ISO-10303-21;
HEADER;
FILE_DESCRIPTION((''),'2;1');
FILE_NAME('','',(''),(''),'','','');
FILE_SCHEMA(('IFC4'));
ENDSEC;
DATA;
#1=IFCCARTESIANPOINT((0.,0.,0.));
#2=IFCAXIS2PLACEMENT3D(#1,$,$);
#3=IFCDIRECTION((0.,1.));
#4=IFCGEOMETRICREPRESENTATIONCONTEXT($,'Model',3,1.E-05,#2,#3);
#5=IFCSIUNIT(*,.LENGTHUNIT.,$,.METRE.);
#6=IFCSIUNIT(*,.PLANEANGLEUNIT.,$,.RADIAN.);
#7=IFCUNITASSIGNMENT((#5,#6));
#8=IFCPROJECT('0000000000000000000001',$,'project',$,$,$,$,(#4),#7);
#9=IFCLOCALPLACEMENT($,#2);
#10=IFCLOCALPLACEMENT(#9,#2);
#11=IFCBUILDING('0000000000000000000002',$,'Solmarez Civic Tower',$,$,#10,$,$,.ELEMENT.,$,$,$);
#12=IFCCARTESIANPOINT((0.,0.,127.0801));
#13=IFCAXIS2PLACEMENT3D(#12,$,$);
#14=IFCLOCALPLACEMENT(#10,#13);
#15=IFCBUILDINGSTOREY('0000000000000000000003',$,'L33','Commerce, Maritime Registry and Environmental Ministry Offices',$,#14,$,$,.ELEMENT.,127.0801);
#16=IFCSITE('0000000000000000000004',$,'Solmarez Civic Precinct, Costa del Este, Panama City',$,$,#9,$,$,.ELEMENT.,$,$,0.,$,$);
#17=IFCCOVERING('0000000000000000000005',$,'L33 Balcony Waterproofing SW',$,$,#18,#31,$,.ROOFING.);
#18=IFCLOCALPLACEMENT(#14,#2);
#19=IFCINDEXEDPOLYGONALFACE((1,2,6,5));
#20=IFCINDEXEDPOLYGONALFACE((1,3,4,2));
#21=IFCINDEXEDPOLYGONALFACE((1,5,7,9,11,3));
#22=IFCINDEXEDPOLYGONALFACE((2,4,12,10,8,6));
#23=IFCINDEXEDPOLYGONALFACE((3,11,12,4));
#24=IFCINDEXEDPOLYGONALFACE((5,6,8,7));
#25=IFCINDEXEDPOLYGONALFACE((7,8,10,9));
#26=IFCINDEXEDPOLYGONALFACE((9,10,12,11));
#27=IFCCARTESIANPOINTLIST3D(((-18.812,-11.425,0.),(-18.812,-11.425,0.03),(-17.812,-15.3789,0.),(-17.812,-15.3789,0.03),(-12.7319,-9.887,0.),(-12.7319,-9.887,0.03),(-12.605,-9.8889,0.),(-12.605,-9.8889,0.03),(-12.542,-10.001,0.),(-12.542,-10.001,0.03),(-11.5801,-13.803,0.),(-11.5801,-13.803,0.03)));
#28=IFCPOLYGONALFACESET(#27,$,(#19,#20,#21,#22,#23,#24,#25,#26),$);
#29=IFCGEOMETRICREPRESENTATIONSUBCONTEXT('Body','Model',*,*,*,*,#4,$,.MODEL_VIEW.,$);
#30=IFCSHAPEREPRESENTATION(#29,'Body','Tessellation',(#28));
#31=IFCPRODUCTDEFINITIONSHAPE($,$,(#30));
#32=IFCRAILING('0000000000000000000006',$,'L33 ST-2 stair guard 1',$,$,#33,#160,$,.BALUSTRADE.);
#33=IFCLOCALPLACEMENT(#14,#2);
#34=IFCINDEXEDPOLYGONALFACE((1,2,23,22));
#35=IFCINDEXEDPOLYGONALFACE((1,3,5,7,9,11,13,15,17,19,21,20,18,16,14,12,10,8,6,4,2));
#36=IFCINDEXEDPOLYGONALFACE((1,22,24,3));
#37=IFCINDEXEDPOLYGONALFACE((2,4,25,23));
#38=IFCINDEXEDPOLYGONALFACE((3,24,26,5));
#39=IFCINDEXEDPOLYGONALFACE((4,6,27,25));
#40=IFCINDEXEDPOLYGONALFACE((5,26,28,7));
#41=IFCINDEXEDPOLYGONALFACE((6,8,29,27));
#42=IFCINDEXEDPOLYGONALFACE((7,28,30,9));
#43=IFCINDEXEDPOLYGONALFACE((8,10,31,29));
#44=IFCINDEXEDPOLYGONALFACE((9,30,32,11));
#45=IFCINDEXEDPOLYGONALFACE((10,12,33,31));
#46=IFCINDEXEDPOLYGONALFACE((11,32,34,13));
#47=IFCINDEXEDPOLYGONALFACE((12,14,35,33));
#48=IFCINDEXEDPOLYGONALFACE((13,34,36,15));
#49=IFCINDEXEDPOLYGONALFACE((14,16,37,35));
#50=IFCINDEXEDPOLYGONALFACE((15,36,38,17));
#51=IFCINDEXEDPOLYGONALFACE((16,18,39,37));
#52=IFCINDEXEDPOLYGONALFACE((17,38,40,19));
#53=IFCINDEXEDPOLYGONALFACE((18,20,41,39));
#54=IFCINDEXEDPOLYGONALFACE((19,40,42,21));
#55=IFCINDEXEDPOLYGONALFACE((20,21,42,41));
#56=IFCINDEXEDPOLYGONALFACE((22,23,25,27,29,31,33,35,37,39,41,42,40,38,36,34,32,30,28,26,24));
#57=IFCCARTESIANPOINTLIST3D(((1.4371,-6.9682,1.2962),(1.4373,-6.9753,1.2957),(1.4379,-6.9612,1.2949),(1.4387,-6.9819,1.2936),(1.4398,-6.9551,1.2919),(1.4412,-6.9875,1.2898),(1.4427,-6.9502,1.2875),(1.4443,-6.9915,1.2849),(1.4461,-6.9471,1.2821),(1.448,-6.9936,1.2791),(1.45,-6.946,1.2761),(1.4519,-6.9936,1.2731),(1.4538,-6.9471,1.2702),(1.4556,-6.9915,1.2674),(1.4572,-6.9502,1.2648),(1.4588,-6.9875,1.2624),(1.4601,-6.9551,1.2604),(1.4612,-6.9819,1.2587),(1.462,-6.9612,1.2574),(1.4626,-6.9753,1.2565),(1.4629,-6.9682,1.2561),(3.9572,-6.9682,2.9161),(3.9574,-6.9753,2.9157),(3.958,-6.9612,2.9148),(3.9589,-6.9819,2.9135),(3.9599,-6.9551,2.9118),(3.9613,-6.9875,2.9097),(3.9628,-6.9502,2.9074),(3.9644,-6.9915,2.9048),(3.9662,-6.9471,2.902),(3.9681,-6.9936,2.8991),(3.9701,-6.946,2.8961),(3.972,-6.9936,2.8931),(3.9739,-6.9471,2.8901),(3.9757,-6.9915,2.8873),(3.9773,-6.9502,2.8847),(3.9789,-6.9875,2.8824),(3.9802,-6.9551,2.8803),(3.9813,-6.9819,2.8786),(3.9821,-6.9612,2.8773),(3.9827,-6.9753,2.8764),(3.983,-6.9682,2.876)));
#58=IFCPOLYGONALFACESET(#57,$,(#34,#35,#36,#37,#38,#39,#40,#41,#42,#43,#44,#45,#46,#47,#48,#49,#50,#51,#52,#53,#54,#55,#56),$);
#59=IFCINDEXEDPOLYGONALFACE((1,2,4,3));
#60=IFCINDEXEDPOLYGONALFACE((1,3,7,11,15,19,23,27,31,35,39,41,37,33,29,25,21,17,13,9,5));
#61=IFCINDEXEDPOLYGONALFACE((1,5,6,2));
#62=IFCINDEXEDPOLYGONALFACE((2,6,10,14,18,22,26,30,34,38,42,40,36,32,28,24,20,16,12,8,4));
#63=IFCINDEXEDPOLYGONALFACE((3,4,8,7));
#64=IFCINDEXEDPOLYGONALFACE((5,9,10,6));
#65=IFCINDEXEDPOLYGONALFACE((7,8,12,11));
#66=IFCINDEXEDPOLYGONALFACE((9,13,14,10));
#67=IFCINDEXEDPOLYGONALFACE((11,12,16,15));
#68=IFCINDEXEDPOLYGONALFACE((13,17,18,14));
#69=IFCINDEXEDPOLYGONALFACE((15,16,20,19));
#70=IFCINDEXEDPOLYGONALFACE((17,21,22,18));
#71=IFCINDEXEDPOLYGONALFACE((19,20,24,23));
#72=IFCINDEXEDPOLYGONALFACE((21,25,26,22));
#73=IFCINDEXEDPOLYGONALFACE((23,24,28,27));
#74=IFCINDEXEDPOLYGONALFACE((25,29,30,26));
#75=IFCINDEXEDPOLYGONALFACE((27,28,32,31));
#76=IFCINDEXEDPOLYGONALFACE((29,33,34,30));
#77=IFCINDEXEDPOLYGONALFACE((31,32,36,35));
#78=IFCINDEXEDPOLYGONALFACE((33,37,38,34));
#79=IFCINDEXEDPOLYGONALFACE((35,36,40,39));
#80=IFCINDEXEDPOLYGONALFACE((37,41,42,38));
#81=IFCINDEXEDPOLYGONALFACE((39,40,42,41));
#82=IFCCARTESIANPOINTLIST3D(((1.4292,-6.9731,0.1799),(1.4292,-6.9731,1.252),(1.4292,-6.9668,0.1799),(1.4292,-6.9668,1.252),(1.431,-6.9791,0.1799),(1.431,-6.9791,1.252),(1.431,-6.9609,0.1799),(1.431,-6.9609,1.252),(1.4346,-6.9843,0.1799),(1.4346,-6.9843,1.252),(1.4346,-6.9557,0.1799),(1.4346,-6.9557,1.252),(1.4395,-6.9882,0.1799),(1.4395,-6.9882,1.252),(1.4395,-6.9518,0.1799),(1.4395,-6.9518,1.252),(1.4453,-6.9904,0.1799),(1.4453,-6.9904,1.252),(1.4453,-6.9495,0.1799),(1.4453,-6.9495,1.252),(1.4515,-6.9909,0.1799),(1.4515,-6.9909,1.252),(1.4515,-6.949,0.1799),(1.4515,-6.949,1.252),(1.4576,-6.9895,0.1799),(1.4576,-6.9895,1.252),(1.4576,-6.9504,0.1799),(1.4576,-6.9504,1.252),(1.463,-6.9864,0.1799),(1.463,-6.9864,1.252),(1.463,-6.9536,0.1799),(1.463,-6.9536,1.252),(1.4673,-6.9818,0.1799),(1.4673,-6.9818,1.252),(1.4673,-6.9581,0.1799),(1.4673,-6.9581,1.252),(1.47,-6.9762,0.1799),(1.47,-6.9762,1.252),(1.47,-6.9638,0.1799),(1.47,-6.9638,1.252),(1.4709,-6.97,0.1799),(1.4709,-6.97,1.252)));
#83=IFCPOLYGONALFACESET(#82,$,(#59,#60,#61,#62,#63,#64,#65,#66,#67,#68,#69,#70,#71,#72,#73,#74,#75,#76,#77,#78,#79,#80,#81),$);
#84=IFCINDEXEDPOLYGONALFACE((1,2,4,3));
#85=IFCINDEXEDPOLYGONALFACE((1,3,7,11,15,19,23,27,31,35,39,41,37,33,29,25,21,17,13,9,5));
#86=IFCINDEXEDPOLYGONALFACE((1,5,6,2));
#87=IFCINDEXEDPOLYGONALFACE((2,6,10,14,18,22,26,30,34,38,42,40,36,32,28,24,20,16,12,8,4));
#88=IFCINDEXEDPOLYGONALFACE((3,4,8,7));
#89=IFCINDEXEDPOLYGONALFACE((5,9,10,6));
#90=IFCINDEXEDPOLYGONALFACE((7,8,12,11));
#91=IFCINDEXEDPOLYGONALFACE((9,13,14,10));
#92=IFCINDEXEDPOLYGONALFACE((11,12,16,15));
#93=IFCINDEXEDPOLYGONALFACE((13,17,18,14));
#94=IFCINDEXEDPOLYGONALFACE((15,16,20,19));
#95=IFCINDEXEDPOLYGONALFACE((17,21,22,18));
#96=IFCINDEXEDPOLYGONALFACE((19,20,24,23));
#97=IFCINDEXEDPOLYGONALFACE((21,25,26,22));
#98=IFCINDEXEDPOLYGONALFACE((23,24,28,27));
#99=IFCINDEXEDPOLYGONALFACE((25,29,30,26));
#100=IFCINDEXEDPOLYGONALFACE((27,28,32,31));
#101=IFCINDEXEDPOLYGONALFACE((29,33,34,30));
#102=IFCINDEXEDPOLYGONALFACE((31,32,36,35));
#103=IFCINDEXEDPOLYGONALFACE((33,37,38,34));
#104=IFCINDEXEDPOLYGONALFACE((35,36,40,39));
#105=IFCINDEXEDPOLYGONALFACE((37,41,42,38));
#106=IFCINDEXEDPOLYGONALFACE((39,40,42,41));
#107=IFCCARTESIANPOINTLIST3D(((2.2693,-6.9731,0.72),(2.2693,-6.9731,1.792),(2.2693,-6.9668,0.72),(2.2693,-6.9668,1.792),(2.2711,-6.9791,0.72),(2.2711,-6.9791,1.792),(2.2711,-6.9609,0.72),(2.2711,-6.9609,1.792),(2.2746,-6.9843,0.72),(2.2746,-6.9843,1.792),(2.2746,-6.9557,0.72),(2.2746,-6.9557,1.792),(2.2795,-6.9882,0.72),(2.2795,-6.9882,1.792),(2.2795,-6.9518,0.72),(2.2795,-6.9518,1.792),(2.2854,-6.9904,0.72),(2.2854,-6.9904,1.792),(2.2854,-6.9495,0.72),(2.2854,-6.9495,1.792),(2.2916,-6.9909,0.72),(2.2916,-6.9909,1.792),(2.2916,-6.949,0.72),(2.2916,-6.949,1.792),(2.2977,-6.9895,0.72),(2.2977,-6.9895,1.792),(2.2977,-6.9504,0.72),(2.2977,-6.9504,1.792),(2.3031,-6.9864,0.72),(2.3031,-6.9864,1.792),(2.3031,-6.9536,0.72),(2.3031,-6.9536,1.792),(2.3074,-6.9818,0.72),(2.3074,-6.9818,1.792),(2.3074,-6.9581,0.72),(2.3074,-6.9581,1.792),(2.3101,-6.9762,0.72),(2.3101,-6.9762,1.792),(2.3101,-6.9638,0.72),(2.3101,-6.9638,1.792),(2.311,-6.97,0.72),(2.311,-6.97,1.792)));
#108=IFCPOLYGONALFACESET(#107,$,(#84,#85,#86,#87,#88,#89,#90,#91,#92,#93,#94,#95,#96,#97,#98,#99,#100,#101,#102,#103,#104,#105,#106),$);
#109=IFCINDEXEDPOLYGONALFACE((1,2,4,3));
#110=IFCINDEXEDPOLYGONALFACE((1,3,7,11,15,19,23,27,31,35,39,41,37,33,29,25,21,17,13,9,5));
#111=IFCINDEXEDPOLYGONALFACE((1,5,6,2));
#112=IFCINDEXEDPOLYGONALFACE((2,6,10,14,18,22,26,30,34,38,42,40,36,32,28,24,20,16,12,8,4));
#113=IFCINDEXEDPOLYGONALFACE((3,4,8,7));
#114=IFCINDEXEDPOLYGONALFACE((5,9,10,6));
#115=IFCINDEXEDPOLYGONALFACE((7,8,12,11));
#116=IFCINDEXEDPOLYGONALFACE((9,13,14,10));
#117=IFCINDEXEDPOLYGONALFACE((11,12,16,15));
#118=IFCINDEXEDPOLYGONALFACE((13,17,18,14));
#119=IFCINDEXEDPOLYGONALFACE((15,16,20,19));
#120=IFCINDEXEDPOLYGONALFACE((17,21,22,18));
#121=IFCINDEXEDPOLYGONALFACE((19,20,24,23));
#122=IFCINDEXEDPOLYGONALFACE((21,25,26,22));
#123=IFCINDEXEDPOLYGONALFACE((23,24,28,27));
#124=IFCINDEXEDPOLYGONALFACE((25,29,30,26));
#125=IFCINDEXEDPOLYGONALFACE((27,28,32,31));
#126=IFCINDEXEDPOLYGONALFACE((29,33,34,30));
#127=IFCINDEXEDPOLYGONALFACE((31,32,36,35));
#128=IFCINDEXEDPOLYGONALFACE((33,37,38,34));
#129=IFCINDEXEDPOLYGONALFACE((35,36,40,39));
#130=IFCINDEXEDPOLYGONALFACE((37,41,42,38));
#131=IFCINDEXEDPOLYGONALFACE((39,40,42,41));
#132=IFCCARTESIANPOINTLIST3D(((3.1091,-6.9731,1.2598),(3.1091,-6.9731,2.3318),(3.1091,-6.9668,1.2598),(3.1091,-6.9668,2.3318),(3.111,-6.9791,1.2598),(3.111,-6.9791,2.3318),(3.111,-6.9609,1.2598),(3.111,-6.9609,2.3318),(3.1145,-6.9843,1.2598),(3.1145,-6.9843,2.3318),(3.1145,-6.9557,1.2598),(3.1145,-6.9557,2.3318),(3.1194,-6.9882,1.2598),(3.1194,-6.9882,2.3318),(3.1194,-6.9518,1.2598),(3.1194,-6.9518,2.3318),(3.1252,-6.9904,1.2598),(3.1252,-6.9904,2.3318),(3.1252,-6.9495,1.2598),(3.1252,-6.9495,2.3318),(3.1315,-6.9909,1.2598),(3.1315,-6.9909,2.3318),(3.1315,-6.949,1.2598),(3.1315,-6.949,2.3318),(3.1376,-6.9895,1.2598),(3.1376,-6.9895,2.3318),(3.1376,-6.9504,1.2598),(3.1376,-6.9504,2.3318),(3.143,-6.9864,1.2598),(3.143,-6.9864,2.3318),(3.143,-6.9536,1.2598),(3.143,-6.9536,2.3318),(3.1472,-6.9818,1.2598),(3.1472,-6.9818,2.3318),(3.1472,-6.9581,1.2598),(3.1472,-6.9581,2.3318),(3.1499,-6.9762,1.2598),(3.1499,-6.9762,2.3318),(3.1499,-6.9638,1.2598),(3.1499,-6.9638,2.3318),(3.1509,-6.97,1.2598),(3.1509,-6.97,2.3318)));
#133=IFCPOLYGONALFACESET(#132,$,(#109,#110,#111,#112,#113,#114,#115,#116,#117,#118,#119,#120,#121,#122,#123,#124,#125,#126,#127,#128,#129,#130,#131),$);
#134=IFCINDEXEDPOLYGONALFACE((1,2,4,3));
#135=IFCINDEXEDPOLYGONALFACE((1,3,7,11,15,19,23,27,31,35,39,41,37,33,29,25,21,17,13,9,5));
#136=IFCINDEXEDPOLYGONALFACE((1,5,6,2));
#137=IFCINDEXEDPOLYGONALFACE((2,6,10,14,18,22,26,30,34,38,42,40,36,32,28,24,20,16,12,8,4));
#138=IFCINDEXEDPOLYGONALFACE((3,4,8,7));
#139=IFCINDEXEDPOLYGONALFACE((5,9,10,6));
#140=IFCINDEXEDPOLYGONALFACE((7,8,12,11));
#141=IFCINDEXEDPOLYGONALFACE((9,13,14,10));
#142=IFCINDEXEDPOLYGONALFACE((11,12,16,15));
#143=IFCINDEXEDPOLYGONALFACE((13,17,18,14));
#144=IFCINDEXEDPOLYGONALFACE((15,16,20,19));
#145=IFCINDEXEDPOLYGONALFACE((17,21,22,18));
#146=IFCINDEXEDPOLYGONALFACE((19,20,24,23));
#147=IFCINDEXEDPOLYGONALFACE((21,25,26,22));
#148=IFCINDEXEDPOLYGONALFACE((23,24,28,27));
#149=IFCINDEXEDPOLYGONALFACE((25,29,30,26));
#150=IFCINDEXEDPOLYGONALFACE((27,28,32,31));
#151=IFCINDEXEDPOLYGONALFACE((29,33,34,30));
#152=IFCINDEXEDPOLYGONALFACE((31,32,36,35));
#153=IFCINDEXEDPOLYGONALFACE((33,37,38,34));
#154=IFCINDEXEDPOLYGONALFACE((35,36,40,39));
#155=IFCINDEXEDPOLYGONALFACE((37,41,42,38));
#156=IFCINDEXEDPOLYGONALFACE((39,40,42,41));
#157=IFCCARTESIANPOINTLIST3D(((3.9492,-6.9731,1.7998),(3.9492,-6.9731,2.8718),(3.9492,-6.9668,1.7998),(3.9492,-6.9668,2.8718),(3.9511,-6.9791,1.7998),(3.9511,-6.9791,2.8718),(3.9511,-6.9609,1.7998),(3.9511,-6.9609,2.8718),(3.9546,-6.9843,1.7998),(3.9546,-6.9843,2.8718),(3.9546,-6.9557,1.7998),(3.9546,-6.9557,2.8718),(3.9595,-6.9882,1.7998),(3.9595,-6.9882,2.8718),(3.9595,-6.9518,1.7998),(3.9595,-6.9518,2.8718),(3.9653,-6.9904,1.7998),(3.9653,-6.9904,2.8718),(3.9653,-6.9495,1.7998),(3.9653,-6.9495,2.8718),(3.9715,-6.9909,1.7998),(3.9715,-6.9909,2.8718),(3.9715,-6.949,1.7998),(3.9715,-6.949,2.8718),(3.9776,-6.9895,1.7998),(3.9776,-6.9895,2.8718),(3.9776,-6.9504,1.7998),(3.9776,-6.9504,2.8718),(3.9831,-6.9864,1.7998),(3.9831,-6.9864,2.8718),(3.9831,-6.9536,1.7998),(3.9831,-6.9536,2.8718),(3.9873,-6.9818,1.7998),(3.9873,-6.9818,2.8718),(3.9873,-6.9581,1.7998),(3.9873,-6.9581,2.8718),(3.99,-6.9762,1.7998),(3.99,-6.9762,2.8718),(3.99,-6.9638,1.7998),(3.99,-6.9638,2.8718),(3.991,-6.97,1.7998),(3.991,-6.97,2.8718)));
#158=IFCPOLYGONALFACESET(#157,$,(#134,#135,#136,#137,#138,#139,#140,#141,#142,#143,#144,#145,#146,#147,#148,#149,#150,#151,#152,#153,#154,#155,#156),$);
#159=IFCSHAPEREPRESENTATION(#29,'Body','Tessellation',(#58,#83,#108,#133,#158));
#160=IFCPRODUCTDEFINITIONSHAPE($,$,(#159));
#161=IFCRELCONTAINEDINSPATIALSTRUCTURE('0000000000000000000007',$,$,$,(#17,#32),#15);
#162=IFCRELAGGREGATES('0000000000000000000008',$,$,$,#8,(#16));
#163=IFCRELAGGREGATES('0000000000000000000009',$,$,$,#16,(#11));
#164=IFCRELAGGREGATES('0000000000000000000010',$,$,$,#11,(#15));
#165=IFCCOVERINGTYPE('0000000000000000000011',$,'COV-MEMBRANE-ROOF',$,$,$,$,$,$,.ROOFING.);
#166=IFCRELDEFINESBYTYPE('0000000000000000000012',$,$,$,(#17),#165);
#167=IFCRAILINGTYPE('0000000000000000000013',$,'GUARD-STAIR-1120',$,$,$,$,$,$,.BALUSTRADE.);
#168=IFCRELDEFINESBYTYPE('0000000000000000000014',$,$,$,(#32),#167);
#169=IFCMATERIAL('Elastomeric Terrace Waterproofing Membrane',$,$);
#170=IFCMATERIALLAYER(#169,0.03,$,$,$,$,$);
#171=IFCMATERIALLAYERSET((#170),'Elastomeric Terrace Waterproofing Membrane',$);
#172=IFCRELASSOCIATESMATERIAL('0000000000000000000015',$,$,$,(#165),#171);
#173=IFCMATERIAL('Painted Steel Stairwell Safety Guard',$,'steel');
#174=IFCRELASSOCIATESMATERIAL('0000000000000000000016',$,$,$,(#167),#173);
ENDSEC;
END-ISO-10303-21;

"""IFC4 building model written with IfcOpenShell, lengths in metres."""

from ifc_helpers import new_model, si_unit, direction, frame, origin, origin_2d, place, context, subcontext, project, spatial, polyline, circle, outline, extrude, material, layer, layer_set, type_object, element, save


model = new_model("IFC4")

# Units and contexts
model_context = context("Model", 3, precision=1e-05, world=origin(), true_north=direction((0.0, 1.0)))
body_context = subcontext(model_context, "Body", "Model", "MODEL_VIEW")
ifc_project = project(units=[si_unit("LENGTHUNIT", "METRE"), si_unit("PLANEANGLEUNIT", "RADIAN")], contexts=[model_context])

# Site, building, storey
site_placement = place(None, origin())
site = spatial("IfcSite", under=ifc_project, at=site_placement, Name="Solmarez Civic Precinct, Costa del Este, Panama City", CompositionType="ELEMENT", RefElevation=0.0)
building_placement = place(site_placement, origin())
building = spatial("IfcBuilding", under=site, at=building_placement, Name="Solmarez Civic Tower", CompositionType="ELEMENT")
storey_placement = place(building_placement, frame((0.0, 0.0, 127.0801)))
storey = spatial("IfcBuildingStorey", under=building, at=storey_placement, Name="L33", Description="Commerce, Maritime Registry and Environmental Ministry Offices", CompositionType="ELEMENT", Elevation=127.0801)

# Covering
ifc_material_1 = material(Name="Elastomeric Terrace Waterproofing Membrane")
ifc_layer_1 = layer(ifc_material_1, 0.03)
ifc_layer_set_1 = layer_set([ifc_layer_1], Name="Elastomeric Terrace Waterproofing Membrane")
covering_type_1 = type_object("IfcCoveringType", Name="COV-MEMBRANE-ROOF", PredefinedType="ROOFING", material=ifc_layer_set_1)
covering_1_placement = place(storey_placement, origin())
element("IfcCovering", 1, at=covering_1_placement, inside=storey, type_object=covering_type_1, Name="L33 Balcony Waterproofing SW", PredefinedType="ROOFING", context=body_context, shape_type="SweptSolid", body=[
    extrude(outline(polyline([(-12.542, -10.001), (-12.605, -9.8889), (-12.7319, -9.887), (-18.812, -11.425), (-17.812, -15.3789), (-11.5801, -13.803), (-12.542, -10.001)])), origin(), (0.0, 0.0, 1.0), 0.03),
])

# Railing
ifc_material_2 = material(Name="Painted Steel Stairwell Safety Guard", Category="steel")
railing_type_1 = type_object("IfcRailingType", Name="GUARD-STAIR-1120", PredefinedType="BALUSTRADE", material=ifc_material_2)
railing_1_placement = place(storey_placement, frame((1.45, -6.97, 0.1799)))
element("IfcRailing", 2, at=railing_1_placement, inside=storey, type_object=railing_type_1, Name="L33 ST-2 stair guard 1", PredefinedType="BALUSTRADE", context=body_context, shape_type="SweptSolid", body=[
    extrude(circle(Radius=0.0239, at=origin_2d()), frame((0.0, 0.0, 1.0962), z_axis=(0.8412, 0.0, 0.540725), x_axis=(0.0, 1.0, 0.0)), (0.0, 0.0, 1.0), 2.9958),
    extrude(circle(Radius=0.021, at=origin_2d()), origin(), (0.0, 0.0, 1.0), 1.072),
    extrude(circle(Radius=0.021, at=origin_2d()), frame((0.8401, 0.0, 0.54)), (0.0, 0.0, 1.0), 1.072),
    extrude(circle(Radius=0.021, at=origin_2d()), frame((1.6799, 0.0, 1.0798)), (0.0, 0.0, 1.0), 1.072),
    extrude(circle(Radius=0.021, at=origin_2d()), frame((2.52, 0.0, 1.6199)), (0.0, 0.0, 1.0), 1.072),
])

save(model, "model.ifc")
